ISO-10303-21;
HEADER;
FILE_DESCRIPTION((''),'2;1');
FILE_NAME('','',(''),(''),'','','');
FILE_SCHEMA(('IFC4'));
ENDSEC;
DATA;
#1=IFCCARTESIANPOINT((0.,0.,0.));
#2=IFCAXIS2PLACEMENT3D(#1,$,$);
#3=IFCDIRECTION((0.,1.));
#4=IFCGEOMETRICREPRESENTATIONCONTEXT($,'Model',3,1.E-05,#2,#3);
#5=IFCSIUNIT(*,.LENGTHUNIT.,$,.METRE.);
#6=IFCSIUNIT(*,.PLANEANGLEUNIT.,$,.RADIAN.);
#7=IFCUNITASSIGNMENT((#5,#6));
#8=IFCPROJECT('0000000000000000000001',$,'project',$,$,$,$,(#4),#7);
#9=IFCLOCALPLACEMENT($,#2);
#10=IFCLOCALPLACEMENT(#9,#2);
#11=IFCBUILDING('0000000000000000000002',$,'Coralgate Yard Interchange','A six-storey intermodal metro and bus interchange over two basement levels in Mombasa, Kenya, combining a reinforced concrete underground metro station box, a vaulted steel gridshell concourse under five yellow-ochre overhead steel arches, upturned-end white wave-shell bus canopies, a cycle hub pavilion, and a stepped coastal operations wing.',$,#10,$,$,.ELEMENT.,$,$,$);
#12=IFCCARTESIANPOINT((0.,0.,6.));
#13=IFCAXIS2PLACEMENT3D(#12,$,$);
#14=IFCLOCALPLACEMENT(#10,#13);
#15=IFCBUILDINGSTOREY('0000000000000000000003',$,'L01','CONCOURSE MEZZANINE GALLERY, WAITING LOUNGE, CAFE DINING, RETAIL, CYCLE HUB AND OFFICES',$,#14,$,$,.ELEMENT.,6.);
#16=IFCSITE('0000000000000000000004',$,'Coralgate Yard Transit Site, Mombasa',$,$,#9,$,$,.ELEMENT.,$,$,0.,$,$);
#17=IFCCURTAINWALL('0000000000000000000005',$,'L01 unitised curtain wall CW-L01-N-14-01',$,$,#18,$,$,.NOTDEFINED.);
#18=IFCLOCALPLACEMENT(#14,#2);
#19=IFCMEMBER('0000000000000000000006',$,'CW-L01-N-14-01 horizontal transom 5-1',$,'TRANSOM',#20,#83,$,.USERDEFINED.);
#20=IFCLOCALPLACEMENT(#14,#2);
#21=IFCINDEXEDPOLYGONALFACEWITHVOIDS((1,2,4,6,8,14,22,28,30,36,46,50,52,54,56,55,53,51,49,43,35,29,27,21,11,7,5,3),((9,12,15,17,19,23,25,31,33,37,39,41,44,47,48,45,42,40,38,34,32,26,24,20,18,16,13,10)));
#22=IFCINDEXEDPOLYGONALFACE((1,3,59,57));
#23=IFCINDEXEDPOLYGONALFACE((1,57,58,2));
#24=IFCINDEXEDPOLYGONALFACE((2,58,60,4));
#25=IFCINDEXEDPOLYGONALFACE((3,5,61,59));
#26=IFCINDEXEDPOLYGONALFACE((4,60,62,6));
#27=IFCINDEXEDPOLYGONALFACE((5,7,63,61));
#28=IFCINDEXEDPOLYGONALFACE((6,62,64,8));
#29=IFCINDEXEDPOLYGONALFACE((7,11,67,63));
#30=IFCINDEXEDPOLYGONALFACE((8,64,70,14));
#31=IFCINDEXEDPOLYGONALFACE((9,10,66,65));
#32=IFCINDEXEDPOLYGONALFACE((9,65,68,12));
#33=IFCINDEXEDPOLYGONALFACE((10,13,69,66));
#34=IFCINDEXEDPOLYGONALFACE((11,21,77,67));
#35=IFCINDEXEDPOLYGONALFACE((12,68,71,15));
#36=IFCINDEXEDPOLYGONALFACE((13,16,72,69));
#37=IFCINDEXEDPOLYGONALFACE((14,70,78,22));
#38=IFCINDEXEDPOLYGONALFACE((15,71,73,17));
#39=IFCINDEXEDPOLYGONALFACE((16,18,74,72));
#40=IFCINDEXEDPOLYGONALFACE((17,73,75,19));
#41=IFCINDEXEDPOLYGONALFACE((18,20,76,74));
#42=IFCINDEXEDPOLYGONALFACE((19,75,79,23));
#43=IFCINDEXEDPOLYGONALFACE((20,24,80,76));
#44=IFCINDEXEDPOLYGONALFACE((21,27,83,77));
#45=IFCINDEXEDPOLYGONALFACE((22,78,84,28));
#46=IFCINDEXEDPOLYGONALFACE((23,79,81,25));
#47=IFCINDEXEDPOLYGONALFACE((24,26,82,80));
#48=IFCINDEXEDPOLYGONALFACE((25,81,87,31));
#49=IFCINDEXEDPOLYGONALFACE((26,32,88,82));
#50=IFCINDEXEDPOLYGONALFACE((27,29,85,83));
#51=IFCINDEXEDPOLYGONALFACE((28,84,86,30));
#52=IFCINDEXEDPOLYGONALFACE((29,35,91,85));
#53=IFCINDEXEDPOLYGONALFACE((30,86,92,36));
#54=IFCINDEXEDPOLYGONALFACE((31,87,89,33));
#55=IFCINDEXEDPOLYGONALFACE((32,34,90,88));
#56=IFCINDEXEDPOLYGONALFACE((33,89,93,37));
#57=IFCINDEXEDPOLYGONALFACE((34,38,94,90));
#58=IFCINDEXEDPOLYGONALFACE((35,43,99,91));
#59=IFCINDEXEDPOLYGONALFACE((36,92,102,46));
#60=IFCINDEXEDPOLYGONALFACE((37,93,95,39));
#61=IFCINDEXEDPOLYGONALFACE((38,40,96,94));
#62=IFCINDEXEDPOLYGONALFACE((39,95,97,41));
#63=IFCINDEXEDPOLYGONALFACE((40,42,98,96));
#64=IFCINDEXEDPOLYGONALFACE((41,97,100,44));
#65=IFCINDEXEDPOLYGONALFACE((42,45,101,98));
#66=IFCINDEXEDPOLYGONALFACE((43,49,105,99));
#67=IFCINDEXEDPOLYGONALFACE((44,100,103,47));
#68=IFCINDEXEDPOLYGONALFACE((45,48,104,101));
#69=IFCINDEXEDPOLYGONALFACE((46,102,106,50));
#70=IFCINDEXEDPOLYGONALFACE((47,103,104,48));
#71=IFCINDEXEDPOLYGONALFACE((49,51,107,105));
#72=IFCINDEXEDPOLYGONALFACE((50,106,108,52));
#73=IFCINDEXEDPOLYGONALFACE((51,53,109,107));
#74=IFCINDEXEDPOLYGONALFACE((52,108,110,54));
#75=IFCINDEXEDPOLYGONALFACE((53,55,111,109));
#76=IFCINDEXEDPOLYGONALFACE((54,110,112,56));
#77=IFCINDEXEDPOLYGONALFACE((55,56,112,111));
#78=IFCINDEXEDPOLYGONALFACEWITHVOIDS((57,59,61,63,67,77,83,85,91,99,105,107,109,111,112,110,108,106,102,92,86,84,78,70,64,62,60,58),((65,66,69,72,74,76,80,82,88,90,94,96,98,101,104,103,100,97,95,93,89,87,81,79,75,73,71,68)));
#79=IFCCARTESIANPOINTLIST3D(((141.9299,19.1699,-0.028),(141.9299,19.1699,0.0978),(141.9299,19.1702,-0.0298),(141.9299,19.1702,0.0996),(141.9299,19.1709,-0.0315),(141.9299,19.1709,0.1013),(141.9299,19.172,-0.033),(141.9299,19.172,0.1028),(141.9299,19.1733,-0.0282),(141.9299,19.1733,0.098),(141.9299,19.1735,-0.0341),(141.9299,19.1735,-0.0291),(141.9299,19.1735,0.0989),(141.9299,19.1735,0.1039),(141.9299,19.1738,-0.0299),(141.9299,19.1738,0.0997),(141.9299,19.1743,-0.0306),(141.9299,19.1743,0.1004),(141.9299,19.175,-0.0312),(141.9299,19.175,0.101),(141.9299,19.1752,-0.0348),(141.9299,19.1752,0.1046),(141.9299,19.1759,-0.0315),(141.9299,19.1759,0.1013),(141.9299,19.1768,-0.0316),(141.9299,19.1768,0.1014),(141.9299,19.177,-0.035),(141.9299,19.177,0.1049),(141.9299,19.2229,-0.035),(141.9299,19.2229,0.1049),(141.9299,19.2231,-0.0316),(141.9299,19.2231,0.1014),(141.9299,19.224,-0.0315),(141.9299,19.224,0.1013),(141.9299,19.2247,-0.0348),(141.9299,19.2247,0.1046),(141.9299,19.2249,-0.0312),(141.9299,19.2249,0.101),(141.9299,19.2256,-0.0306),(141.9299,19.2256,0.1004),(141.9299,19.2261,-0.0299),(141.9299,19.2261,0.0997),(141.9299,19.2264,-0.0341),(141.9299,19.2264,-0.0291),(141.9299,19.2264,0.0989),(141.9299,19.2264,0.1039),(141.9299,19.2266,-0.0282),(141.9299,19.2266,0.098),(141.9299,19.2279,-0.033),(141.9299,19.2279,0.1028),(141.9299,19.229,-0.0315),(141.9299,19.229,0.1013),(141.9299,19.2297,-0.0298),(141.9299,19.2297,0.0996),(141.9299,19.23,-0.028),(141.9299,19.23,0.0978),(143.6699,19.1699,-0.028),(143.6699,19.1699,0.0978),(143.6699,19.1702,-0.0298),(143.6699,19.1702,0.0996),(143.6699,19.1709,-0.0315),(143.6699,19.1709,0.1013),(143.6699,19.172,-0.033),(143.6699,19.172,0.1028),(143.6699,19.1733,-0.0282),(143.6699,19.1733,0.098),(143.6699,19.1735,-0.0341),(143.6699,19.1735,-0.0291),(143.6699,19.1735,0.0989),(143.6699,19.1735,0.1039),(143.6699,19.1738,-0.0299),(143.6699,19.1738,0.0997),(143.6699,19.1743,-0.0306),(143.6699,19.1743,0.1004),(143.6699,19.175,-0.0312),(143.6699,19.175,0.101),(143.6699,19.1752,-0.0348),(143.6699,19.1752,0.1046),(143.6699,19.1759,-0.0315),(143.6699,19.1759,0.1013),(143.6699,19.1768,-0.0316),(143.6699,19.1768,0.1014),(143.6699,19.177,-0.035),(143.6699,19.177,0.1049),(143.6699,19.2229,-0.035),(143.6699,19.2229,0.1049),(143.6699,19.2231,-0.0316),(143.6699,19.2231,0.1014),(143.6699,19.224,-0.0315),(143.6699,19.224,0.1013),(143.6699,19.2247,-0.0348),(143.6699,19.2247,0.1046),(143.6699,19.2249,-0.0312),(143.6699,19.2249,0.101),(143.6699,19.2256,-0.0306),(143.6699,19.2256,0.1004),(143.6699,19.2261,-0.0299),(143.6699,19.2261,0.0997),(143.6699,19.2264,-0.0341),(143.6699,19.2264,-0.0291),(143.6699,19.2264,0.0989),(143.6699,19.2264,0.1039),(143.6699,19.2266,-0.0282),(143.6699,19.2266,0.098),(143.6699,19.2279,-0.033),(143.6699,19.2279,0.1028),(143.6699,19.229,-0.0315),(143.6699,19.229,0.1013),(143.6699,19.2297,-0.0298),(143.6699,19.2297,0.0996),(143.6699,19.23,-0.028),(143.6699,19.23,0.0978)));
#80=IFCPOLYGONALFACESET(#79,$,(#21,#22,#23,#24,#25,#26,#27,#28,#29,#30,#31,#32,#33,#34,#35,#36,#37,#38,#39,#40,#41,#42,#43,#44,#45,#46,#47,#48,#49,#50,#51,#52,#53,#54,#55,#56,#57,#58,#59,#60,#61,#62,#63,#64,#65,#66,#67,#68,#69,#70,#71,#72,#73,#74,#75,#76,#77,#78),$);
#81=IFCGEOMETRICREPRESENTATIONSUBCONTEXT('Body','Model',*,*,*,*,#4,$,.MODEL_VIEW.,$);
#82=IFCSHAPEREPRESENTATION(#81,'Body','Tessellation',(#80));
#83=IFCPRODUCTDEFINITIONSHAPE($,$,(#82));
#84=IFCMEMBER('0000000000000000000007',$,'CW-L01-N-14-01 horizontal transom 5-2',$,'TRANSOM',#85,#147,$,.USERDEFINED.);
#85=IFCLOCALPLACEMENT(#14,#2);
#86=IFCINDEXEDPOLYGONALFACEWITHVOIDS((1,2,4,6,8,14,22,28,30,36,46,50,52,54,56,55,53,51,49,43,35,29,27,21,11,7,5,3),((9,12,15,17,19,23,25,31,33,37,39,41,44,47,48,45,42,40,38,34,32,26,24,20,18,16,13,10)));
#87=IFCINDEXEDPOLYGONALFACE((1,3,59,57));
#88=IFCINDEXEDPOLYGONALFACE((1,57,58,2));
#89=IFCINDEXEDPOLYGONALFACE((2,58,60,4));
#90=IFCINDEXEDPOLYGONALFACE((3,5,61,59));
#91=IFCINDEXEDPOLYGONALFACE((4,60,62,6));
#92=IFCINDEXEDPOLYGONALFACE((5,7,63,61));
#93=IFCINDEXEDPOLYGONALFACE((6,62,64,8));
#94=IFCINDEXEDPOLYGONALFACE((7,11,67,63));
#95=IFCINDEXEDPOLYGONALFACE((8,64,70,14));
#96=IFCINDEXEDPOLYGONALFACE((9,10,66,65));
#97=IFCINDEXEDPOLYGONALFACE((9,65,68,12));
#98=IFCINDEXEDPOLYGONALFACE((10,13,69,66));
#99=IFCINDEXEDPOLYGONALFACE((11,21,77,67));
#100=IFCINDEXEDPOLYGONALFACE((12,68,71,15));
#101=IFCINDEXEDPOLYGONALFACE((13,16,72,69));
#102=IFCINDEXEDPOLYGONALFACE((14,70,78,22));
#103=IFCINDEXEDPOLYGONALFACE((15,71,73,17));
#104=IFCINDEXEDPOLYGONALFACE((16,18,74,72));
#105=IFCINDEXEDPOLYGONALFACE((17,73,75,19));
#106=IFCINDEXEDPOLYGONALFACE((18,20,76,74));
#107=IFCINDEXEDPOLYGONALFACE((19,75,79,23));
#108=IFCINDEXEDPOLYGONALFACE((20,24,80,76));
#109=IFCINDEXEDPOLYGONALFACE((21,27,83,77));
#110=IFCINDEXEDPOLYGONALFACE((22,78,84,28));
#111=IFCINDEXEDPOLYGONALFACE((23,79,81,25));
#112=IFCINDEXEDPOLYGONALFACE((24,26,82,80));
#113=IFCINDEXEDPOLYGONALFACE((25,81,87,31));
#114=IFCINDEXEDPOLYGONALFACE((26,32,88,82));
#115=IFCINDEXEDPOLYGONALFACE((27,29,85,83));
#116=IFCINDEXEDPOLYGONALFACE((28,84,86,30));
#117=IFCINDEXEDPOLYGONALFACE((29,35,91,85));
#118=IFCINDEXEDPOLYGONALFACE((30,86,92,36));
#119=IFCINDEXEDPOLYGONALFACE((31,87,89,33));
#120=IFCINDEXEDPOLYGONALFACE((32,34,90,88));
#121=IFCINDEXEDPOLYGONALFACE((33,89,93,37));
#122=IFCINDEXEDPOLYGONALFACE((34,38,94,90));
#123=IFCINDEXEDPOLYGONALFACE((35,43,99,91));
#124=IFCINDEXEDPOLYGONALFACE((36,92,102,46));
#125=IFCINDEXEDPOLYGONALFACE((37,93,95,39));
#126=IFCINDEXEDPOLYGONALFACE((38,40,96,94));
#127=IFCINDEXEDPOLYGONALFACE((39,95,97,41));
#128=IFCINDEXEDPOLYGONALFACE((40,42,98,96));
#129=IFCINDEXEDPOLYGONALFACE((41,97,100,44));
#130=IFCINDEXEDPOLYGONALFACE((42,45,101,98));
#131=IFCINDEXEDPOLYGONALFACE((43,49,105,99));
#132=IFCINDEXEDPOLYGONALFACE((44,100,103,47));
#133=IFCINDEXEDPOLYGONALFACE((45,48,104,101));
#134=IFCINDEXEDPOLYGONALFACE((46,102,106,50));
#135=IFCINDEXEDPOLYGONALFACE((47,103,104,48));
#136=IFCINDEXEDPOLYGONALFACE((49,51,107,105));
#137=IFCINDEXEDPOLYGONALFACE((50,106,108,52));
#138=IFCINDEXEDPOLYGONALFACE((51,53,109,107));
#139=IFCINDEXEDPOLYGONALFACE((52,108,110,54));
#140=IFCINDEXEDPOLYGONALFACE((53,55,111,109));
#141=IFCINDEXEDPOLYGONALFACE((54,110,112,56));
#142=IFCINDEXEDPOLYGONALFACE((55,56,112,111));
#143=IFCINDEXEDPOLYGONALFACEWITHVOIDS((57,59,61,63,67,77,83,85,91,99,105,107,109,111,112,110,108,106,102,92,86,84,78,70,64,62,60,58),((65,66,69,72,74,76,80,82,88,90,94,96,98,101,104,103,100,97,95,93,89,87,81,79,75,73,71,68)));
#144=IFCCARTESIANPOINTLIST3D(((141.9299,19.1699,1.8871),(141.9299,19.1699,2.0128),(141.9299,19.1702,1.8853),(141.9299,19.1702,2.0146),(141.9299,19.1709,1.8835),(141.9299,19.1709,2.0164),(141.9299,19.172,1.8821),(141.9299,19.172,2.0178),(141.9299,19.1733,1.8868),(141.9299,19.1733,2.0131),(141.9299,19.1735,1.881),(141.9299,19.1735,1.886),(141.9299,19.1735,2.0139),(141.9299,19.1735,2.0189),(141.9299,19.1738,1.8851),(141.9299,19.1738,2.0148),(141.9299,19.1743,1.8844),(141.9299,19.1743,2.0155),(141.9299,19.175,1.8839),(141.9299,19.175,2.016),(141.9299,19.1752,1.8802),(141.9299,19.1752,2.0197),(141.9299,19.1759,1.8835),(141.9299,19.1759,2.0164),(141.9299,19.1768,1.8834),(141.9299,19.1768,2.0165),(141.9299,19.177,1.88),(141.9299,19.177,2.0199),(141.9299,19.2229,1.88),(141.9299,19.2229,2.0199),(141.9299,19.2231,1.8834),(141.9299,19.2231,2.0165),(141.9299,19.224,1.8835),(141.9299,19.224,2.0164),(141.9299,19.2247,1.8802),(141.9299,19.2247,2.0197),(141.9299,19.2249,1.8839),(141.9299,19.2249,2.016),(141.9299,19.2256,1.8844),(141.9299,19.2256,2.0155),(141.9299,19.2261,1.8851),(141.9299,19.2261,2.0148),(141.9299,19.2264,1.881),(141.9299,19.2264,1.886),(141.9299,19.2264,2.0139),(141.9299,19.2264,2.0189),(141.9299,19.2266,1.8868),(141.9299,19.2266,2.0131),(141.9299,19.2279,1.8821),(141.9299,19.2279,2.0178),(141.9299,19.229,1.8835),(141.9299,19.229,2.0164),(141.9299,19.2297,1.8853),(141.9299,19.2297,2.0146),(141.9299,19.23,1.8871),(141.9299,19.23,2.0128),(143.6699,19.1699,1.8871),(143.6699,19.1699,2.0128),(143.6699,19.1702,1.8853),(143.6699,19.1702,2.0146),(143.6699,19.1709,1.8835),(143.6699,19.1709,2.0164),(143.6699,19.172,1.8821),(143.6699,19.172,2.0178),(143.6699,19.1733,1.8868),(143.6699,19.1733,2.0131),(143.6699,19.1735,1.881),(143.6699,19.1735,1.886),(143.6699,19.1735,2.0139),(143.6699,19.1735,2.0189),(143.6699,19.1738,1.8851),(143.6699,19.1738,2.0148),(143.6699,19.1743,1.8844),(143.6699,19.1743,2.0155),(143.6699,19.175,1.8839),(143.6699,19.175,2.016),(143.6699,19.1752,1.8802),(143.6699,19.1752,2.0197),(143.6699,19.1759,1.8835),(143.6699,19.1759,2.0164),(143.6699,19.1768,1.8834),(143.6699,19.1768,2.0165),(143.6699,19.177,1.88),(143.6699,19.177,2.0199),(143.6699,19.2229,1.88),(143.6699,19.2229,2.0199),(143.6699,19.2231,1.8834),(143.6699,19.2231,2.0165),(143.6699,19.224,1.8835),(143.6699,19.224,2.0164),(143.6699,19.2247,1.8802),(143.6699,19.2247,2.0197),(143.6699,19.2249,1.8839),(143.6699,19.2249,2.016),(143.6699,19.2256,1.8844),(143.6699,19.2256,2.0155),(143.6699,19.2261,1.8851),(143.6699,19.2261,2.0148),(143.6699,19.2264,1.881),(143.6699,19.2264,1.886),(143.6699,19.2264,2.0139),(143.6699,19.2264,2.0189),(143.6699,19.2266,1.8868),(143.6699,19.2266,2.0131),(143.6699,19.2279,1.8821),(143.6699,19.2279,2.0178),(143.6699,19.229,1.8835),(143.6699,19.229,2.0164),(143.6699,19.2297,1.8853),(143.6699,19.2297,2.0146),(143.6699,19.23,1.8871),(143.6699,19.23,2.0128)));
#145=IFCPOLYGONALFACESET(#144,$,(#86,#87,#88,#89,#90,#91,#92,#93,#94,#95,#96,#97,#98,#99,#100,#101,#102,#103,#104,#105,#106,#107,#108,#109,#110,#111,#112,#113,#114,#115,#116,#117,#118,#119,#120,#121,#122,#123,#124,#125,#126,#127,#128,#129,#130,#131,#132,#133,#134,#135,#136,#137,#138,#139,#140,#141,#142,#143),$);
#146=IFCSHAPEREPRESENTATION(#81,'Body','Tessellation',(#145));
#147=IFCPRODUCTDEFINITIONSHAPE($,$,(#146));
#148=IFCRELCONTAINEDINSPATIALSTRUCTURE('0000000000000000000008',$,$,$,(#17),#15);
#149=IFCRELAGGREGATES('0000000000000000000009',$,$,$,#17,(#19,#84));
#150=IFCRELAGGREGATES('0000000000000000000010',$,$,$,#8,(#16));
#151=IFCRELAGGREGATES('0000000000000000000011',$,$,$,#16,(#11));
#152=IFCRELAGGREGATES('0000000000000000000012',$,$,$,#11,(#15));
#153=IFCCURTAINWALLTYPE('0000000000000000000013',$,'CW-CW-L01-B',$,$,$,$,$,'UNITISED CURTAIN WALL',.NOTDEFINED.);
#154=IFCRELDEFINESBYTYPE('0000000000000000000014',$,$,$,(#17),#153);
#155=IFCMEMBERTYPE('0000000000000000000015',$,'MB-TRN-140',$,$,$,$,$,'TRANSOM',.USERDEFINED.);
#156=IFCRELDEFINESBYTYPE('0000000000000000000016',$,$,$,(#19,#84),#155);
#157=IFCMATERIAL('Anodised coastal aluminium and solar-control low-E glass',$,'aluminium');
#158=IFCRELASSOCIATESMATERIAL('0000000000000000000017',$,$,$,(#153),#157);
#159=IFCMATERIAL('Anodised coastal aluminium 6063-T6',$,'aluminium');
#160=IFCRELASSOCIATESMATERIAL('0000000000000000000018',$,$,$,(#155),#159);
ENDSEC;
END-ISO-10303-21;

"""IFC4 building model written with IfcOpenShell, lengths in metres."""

from ifc_helpers import new_model, si_unit, direction, frame, origin, origin_2d, place, context, subcontext, project, spatial, hollow_rectangle, extrude, material, material_profile, profile_set, type_object, element, aggregate, save


model = new_model("IFC4")

# Units and contexts
model_context = context("Model", 3, precision=1e-05, world=origin(), true_north=direction((0.0, 1.0)))
body_context = subcontext(model_context, "Body", "Model", "MODEL_VIEW")
ifc_project = project(units=[si_unit("LENGTHUNIT", "METRE"), si_unit("PLANEANGLEUNIT", "RADIAN")], contexts=[model_context])

# Site, building, storey
site_placement = place(None, origin())
site = spatial("IfcSite", under=ifc_project, at=site_placement, Name="Coralgate Yard Transit Site, Mombasa", CompositionType="ELEMENT", RefElevation=0.0)
building_placement = place(site_placement, origin())
building = spatial("IfcBuilding", under=site, at=building_placement, Name="Coralgate Yard Interchange", Description="A six-storey intermodal metro and bus interchange over two basement levels in Mombasa, Kenya, combining a reinforced concrete underground metro station box, a vaulted steel gridshell concourse under five yellow-ochre overhead steel arches, upturned-end white wave-shell bus canopies, a cycle hub pavilion, and a stepped coastal operations wing.", CompositionType="ELEMENT")
storey_placement = place(building_placement, frame((0.0, 0.0, 6.0)))
storey = spatial("IfcBuildingStorey", under=building, at=storey_placement, Name="L01", Description="CONCOURSE MEZZANINE GALLERY, WAITING LOUNGE, CAFE DINING, RETAIL, CYCLE HUB AND OFFICES", CompositionType="ELEMENT", Elevation=6.0)

# Curtain wall, members
ifc_material_1 = material(Name="Anodised coastal aluminium and solar-control low-E glass", Category="aluminium")
curtain_wall_type = type_object("IfcCurtainWallType", Name="CW-CW-L01-B", ElementType="UNITISED CURTAIN WALL", PredefinedType="NOTDEFINED", material=ifc_material_1)
curtain_wall_placement = place(storey_placement, origin())
curtain_wall = element("IfcCurtainWall", 1, at=curtain_wall_placement, inside=storey, type_object=curtain_wall_type, Name="L01 unitised curtain wall CW-L01-N-14-01", PredefinedType="NOTDEFINED")
ifc_material_2 = material(Name="Anodised coastal aluminium 6063-T6", Category="aluminium")
ifc_material_profile_1 = material_profile(ifc_material_2, hollow_rectangle(XDim=0.0601, YDim=0.1399, WallThickness=0.0034, InnerFilletRadius=0.0034, OuterFilletRadius=0.0071, at=origin_2d()), Name="ALU 60x140x3.5")
ifc_profile_set_1 = profile_set([ifc_material_profile_1], Name="Anodised coastal aluminium 6063-T6")
member_type_1 = type_object("IfcMemberType", Name="MB-TRN-140", ElementType="TRANSOM", PredefinedType="USERDEFINED", material=ifc_profile_set_1)
member_1_placement = place(storey_placement, frame((141.9299, 19.2, 0.0349), z_axis=(1.0, 0.0, 0.0), x_axis=(0.0, 1.0, 0.0)))
member_1 = element("IfcMember", 2, at=member_1_placement, type_object=member_type_1, Name="CW-L01-N-14-01 horizontal transom 5-1", ObjectType="TRANSOM", PredefinedType="USERDEFINED", context=body_context, shape_type="SweptSolid", body=[
    extrude(hollow_rectangle(XDim=0.0601, YDim=0.1399, WallThickness=0.0034, InnerFilletRadius=0.0034, OuterFilletRadius=0.0071, at=origin_2d()), origin(), (0.0, 0.0, 1.0), 1.74),
])
member_2_placement = place(storey_placement, frame((141.9299, 19.2, 1.95), z_axis=(1.0, 0.0, 0.0), x_axis=(0.0, 1.0, 0.0)))
member_2 = element("IfcMember", 3, at=member_2_placement, type_object=member_type_1, Name="CW-L01-N-14-01 horizontal transom 5-2", ObjectType="TRANSOM", PredefinedType="USERDEFINED", context=body_context, shape_type="SweptSolid", body=[
    extrude(hollow_rectangle(XDim=0.0601, YDim=0.1399, WallThickness=0.0034, InnerFilletRadius=0.0034, OuterFilletRadius=0.0071, at=origin_2d()), origin(), (0.0, 0.0, 1.0), 1.74),
])
aggregate(curtain_wall, [member_1, member_2])

save(model, "model.ifc")
